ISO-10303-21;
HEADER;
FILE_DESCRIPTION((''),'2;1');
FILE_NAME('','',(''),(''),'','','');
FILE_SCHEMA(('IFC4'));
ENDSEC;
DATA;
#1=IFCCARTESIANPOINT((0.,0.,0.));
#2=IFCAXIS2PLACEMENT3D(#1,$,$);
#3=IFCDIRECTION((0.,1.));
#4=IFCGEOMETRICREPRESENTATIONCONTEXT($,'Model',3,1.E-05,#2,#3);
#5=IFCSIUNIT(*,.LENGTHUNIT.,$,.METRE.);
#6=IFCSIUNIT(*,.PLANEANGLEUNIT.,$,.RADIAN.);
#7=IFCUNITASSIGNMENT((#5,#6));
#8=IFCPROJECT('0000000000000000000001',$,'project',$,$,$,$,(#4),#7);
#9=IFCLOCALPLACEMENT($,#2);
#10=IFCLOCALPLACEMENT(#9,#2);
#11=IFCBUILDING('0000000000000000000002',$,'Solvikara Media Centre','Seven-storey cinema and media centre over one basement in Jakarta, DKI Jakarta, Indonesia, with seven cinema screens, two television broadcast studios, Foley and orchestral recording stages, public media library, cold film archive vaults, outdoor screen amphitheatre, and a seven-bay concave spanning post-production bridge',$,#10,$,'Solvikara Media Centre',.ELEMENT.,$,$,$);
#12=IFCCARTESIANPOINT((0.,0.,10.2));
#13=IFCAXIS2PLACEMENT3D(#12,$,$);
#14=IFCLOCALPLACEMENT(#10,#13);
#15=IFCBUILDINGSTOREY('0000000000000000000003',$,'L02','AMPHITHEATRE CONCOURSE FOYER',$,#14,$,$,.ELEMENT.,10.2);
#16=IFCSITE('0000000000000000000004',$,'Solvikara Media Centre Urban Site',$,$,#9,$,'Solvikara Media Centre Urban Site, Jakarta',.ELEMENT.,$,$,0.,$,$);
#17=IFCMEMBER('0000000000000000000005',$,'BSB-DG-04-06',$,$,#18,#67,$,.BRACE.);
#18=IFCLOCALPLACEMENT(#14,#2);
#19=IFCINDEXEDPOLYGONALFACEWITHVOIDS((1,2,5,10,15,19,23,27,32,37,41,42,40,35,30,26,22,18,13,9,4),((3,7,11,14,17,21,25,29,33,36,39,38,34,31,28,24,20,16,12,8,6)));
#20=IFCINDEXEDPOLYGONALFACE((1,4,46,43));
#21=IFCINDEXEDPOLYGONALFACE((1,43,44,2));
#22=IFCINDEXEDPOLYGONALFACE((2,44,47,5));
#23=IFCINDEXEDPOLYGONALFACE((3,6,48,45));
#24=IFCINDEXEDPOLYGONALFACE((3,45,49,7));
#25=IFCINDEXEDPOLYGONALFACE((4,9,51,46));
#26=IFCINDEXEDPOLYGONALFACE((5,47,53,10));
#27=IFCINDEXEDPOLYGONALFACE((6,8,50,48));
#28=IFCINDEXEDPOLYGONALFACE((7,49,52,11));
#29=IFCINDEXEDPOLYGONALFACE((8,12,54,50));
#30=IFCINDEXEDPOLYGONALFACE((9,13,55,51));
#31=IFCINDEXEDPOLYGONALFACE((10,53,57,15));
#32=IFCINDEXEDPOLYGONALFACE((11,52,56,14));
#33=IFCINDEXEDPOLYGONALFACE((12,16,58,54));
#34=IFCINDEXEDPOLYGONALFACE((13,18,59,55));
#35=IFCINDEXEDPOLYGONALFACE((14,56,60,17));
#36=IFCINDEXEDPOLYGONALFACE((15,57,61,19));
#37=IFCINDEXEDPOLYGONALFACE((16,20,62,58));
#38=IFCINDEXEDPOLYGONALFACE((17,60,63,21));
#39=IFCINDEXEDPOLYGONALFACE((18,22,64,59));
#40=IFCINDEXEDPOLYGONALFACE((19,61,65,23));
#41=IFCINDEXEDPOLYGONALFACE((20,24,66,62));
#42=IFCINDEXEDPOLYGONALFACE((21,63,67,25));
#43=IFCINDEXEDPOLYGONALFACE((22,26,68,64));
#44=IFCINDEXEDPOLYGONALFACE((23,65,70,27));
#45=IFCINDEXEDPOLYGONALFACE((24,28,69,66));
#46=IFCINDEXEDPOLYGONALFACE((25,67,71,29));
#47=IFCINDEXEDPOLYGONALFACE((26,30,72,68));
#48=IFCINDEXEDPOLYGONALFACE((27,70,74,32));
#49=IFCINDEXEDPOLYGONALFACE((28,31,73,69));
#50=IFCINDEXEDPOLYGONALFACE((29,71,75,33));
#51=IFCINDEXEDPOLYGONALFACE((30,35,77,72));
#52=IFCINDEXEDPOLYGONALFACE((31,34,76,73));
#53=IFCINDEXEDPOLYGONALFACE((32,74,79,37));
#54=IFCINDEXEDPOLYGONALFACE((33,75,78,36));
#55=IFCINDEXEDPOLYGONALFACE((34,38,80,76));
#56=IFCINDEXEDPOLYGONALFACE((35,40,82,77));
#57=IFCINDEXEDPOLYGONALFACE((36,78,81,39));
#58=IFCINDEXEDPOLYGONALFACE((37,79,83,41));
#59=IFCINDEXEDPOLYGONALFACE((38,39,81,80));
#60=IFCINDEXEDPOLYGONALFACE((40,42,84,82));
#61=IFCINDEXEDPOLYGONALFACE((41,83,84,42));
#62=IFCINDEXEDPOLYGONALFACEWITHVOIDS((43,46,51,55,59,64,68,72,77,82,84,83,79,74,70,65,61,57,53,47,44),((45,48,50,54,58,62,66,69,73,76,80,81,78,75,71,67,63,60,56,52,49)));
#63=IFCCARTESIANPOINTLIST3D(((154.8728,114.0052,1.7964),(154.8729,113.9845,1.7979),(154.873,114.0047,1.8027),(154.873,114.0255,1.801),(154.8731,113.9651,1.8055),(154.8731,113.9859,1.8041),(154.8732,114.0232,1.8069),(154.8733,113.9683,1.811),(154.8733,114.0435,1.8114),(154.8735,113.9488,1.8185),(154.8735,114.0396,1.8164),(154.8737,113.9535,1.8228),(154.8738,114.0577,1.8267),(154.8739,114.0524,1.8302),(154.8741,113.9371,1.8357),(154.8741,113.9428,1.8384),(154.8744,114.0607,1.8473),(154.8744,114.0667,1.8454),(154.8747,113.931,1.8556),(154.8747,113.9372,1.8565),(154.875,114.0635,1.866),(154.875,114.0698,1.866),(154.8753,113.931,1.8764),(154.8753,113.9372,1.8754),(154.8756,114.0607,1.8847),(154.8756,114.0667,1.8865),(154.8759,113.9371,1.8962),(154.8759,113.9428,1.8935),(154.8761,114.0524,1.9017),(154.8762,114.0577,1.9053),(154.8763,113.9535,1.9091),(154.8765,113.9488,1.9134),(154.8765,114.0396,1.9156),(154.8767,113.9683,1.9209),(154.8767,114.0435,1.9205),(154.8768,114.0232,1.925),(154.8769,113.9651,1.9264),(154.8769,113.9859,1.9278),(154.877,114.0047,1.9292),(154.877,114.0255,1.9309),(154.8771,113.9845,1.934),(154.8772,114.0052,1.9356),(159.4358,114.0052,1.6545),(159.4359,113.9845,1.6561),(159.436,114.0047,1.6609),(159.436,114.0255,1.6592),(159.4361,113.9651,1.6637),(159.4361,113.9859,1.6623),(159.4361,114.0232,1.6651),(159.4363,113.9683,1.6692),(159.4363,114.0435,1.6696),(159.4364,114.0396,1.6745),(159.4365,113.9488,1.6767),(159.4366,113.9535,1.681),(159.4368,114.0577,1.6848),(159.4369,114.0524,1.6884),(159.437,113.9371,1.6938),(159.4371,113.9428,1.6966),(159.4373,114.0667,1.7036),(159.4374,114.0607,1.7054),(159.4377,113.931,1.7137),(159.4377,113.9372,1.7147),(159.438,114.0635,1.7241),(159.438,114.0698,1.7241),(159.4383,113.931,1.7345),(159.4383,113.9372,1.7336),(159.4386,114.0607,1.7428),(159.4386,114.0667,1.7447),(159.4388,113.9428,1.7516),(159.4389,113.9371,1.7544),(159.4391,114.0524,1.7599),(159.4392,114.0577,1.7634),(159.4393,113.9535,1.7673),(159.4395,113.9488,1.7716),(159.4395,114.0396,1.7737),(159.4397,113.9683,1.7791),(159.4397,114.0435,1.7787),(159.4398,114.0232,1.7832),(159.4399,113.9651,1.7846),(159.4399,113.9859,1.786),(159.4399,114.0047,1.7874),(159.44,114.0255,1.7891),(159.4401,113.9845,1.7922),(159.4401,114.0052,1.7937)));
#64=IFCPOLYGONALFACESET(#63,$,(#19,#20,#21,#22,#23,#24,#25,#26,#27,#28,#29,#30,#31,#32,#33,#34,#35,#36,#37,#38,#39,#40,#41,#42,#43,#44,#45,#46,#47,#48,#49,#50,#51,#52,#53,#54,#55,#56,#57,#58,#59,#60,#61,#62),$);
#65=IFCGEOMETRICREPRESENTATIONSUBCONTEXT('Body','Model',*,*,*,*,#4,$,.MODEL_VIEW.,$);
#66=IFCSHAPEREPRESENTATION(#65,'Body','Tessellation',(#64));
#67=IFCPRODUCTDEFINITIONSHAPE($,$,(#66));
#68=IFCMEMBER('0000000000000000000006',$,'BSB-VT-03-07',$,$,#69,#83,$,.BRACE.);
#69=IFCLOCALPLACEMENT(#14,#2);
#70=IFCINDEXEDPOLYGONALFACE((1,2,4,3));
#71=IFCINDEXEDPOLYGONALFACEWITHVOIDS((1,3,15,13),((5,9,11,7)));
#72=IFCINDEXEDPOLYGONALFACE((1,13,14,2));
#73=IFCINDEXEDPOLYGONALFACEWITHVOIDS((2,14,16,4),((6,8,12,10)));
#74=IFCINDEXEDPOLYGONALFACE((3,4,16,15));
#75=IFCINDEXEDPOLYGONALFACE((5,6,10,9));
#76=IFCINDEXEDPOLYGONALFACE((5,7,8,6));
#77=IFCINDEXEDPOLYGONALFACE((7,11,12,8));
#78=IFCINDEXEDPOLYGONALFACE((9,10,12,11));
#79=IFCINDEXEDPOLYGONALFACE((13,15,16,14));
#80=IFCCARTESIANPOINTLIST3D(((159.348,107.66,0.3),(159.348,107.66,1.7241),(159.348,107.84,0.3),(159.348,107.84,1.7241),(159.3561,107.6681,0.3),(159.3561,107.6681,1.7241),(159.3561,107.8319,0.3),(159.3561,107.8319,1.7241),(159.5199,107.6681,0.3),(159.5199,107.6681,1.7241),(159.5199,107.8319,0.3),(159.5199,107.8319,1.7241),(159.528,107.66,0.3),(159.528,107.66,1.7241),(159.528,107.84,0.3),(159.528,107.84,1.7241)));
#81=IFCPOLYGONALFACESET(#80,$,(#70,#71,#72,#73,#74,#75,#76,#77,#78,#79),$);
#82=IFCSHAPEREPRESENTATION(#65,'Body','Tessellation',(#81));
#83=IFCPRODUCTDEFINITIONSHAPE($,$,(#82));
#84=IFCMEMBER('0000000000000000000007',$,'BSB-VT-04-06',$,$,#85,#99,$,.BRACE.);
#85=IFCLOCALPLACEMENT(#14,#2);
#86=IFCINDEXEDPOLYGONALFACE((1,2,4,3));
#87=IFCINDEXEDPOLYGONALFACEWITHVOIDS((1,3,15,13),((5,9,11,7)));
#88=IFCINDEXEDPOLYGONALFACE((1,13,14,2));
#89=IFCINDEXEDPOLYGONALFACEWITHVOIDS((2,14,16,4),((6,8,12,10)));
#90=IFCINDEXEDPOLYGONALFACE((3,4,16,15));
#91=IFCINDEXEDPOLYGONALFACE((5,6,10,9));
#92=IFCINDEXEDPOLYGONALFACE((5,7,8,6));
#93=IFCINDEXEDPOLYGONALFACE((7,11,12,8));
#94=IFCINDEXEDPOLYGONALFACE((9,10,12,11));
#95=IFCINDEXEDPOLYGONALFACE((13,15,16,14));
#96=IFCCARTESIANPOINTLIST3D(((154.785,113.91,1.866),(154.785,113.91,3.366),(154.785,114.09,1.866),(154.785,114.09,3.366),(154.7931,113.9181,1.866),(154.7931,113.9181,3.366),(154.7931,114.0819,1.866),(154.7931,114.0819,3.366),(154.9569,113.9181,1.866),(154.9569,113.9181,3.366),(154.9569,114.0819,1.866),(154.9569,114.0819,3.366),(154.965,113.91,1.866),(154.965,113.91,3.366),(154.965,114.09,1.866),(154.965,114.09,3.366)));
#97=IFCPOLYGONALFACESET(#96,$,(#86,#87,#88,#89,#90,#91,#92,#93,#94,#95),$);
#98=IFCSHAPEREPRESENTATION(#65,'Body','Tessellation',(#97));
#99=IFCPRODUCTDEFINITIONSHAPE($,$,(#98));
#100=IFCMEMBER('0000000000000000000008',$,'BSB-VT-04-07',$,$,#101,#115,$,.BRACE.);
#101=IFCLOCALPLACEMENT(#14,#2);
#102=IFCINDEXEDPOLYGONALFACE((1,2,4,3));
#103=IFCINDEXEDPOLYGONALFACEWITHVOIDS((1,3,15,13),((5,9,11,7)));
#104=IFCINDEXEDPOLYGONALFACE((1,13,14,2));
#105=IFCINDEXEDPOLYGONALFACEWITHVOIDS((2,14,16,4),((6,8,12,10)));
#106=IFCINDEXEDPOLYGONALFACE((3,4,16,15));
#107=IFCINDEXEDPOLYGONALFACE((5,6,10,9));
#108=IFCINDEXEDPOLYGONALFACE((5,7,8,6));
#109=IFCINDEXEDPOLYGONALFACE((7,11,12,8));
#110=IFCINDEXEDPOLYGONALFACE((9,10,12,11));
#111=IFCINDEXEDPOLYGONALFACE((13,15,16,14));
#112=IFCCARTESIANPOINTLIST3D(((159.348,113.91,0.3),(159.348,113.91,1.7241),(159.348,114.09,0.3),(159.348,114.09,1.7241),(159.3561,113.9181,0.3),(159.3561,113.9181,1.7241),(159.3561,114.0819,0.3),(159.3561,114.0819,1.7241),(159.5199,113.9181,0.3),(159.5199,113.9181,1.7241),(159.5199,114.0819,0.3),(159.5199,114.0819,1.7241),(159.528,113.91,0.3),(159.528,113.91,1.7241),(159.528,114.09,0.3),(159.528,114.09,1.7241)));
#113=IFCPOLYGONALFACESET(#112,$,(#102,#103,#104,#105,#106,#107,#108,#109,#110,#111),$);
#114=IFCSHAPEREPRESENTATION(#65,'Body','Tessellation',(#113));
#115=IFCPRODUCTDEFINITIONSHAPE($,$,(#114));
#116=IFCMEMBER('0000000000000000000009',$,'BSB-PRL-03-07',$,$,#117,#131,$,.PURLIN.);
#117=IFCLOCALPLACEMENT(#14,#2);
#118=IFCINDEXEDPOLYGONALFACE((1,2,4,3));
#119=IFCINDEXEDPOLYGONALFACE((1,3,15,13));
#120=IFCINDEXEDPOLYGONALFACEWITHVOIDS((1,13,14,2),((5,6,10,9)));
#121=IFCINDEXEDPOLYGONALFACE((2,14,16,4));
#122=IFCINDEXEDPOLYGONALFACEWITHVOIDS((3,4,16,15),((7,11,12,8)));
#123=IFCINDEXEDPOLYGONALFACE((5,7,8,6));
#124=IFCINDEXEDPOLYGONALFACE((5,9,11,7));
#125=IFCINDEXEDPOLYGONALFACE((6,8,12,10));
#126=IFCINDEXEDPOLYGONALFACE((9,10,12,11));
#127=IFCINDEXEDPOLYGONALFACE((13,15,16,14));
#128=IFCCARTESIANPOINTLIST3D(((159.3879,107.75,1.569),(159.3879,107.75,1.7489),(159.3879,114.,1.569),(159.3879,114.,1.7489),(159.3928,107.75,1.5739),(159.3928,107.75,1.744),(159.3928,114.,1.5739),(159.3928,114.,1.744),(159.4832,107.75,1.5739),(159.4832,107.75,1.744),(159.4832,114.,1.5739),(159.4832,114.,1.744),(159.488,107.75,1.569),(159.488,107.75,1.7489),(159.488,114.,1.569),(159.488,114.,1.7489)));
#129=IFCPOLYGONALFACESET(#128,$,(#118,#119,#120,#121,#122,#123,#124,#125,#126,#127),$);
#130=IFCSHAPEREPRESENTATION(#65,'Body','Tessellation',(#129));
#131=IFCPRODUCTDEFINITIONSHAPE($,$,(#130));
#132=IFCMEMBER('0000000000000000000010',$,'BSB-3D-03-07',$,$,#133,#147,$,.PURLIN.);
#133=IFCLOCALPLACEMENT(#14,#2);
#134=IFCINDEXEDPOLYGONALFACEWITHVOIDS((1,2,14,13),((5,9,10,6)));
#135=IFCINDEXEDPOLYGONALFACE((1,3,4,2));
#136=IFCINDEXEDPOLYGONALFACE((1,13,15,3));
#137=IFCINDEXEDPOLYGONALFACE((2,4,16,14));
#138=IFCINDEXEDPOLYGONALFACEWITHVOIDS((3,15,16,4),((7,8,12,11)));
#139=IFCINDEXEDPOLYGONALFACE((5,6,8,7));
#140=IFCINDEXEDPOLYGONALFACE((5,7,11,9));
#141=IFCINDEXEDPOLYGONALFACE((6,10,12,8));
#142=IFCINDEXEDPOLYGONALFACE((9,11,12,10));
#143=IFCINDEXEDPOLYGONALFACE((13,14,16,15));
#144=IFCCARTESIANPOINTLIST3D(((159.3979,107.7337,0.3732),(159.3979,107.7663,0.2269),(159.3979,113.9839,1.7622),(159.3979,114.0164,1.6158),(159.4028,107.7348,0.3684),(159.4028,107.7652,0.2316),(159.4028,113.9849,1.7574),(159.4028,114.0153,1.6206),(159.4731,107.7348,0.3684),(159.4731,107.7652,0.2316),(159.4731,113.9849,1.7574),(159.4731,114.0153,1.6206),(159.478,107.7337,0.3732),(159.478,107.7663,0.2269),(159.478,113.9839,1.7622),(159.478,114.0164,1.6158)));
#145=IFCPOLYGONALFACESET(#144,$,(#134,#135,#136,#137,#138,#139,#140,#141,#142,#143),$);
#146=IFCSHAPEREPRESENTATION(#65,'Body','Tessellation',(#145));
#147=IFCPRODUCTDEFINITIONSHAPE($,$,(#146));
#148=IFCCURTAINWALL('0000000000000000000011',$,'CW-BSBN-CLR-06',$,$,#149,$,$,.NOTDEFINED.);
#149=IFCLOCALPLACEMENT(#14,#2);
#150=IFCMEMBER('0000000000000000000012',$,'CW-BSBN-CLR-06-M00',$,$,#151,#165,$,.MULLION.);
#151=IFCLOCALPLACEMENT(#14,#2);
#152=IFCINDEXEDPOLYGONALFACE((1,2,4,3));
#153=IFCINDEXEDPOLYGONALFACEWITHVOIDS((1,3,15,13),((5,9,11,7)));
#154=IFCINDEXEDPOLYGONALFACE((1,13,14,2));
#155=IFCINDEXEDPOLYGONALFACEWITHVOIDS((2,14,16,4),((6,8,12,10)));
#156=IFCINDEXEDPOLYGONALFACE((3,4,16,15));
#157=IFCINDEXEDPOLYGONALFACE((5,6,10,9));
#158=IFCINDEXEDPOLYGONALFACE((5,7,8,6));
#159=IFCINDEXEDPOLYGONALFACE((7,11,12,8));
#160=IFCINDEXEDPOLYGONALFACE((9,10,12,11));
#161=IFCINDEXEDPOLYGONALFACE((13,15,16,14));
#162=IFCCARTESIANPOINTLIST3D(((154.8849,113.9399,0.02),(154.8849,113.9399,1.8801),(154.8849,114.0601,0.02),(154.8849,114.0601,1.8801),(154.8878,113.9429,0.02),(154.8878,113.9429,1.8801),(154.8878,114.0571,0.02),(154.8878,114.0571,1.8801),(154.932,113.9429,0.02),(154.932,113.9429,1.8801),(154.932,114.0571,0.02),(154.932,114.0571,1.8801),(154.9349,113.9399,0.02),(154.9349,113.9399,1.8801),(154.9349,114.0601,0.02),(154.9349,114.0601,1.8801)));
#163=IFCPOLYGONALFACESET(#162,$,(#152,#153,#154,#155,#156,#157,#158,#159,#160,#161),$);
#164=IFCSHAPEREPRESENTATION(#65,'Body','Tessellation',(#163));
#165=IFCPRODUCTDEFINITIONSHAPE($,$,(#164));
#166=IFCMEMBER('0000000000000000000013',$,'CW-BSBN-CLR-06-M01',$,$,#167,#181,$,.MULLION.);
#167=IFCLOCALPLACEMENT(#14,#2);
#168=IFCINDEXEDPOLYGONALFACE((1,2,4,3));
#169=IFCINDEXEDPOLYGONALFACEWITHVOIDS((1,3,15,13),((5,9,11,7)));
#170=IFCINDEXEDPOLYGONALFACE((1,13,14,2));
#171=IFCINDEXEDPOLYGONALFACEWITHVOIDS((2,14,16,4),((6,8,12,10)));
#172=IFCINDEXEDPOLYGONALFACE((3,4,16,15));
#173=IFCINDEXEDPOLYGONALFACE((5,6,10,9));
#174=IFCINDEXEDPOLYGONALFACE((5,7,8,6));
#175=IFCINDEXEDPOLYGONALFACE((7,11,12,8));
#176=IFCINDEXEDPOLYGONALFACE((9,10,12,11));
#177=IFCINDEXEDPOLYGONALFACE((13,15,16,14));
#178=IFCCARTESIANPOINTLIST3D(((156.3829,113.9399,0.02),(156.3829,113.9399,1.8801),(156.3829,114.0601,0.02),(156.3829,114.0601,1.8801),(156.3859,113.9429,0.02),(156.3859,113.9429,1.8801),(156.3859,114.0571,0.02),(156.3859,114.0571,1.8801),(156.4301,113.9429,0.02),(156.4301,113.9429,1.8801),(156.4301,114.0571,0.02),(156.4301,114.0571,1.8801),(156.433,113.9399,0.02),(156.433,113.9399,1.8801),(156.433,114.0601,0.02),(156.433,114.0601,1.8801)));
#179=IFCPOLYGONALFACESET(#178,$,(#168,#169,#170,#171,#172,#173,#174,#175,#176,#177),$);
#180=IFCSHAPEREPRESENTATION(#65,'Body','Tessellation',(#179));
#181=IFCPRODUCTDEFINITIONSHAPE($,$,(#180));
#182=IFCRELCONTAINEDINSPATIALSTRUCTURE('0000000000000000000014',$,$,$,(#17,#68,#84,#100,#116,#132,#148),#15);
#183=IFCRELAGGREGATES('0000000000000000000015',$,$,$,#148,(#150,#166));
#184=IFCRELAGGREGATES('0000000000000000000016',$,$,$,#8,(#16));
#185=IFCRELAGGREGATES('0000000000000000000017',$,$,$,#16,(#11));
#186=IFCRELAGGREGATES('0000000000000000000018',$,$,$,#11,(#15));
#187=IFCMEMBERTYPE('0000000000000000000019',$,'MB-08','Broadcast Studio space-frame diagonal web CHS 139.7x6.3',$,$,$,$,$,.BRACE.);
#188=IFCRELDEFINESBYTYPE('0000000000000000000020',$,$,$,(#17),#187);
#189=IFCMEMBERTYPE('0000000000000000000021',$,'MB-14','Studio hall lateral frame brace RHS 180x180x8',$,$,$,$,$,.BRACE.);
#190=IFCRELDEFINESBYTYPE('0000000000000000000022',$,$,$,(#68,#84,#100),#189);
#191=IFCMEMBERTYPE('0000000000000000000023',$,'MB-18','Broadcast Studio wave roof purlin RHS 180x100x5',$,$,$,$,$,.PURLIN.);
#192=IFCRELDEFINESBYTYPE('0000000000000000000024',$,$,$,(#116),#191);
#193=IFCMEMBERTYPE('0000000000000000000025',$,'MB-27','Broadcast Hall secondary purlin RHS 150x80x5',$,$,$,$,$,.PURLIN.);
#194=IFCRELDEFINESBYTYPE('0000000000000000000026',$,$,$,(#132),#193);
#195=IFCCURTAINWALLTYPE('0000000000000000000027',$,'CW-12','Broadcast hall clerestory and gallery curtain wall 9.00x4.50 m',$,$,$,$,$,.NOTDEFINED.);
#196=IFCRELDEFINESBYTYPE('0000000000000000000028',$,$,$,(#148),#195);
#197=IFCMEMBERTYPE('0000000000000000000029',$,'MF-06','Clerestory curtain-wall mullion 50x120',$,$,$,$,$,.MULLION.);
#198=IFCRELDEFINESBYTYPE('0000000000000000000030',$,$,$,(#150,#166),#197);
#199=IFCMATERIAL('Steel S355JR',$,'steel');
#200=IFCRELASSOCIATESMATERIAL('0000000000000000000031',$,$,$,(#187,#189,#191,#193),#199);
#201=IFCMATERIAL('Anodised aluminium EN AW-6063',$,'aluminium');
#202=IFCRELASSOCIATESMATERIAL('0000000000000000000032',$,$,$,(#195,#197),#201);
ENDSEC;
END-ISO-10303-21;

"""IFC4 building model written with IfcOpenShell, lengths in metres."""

from ifc_helpers import new_model, si_unit, direction, frame, origin, origin_2d, place, context, subcontext, project, spatial, hollow_rectangle, hollow_circle, extrude, material, material_profile, profile_set, type_object, element, aggregate, save


model = new_model("IFC4")

# Units and contexts
model_context = context("Model", 3, precision=1e-05, world=origin(), true_north=direction((0.0, 1.0)))
body_context = subcontext(model_context, "Body", "Model", "MODEL_VIEW")
ifc_project = project(units=[si_unit("LENGTHUNIT", "METRE"), si_unit("PLANEANGLEUNIT", "RADIAN")], contexts=[model_context])

# Site, building, storey
site_placement = place(None, origin())
site = spatial("IfcSite", under=ifc_project, at=site_placement, Name="Solvikara Media Centre Urban Site", LongName="Solvikara Media Centre Urban Site, Jakarta", CompositionType="ELEMENT", RefElevation=0.0)
building_placement = place(site_placement, origin())
building = spatial("IfcBuilding", under=site, at=building_placement, Name="Solvikara Media Centre", Description="Seven-storey cinema and media centre over one basement in Jakarta, DKI Jakarta, Indonesia, with seven cinema screens, two television broadcast studios, Foley and orchestral recording stages, public media library, cold film archive vaults, outdoor screen amphitheatre, and a seven-bay concave spanning post-production bridge", LongName="Solvikara Media Centre", CompositionType="ELEMENT")
storey_placement = place(building_placement, frame((0.0, 0.0, 10.2)))
storey = spatial("IfcBuildingStorey", under=building, at=storey_placement, Name="L02", Description="AMPHITHEATRE CONCOURSE FOYER", CompositionType="ELEMENT", Elevation=10.2)

# Members
ifc_material_1 = material(Name="Steel S355JR", Category="steel")
ifc_material_profile_1 = material_profile(ifc_material_1, hollow_circle(Radius=0.0698, WallThickness=0.0063, at=origin_2d()), Name="CHS 139.7x6.3")
ifc_profile_set_1 = profile_set([ifc_material_profile_1], Name="Steel S355JR")
member_type_1 = type_object("IfcMemberType", Name="MB-08", Description="Broadcast Studio space-frame diagonal web CHS 139.7x6.3", PredefinedType="BRACE", material=ifc_profile_set_1)
member_1_placement = place(storey_placement, frame((154.875, 114.0, 1.866), z_axis=(0.999517, 0.0, -0.031071), x_axis=(0.0, 1.0, 0.0)))
element("IfcMember", 1, at=member_1_placement, inside=storey, type_object=member_type_1, Name="BSB-DG-04-06", PredefinedType="BRACE", context=body_context, shape_type="SweptSolid", body=[
    extrude(hollow_circle(Radius=0.0698, WallThickness=0.0063, at=origin_2d()), origin(), (0.0, 0.0, 1.0), 4.5652),
])
ifc_material_profile_2 = material_profile(ifc_material_1, hollow_rectangle(XDim=0.1799, YDim=0.1799, WallThickness=0.0081, at=origin_2d()), Name="RHS 180x180x8")
ifc_profile_set_2 = profile_set([ifc_material_profile_2], Name="Steel S355JR")
member_type_2 = type_object("IfcMemberType", Name="MB-14", Description="Studio hall lateral frame brace RHS 180x180x8", PredefinedType="BRACE", material=ifc_profile_set_2)
member_2_placement = place(storey_placement, frame((159.438, 107.75, 0.3), z_axis=(0.0, 0.0, 1.0), x_axis=(1.0, 0.0, 0.0)))
element("IfcMember", 2, at=member_2_placement, inside=storey, type_object=member_type_2, Name="BSB-VT-03-07", PredefinedType="BRACE", context=body_context, shape_type="SweptSolid", body=[
    extrude(hollow_rectangle(XDim=0.1799, YDim=0.1799, WallThickness=0.0081, at=origin_2d()), origin(), (0.0, 0.0, 1.0), 1.4241),
])
member_3_placement = place(storey_placement, frame((154.875, 114.0, 1.866), z_axis=(0.0, 0.0, 1.0), x_axis=(1.0, 0.0, 0.0)))
element("IfcMember", 3, at=member_3_placement, inside=storey, type_object=member_type_2, Name="BSB-VT-04-06", PredefinedType="BRACE", context=body_context, shape_type="SweptSolid", body=[
    extrude(hollow_rectangle(XDim=0.1799, YDim=0.1799, WallThickness=0.0081, at=origin_2d()), origin(), (0.0, 0.0, 1.0), 1.5),
])
member_4_placement = place(storey_placement, frame((159.438, 114.0, 0.3), z_axis=(0.0, 0.0, 1.0), x_axis=(1.0, 0.0, 0.0)))
element("IfcMember", 4, at=member_4_placement, inside=storey, type_object=member_type_2, Name="BSB-VT-04-07", PredefinedType="BRACE", context=body_context, shape_type="SweptSolid", body=[
    extrude(hollow_rectangle(XDim=0.1799, YDim=0.1799, WallThickness=0.0081, at=origin_2d()), origin(), (0.0, 0.0, 1.0), 1.4241),
])
ifc_material_profile_3 = material_profile(ifc_material_1, hollow_rectangle(XDim=0.1001, YDim=0.1799, WallThickness=0.0049, at=origin_2d()), Name="RHS 180x100x5")
ifc_profile_set_3 = profile_set([ifc_material_profile_3], Name="Steel S355JR")
member_type_3 = type_object("IfcMemberType", Name="MB-18", Description="Broadcast Studio wave roof purlin RHS 180x100x5", PredefinedType="PURLIN", material=ifc_profile_set_3)
member_5_placement = place(storey_placement, frame((159.438, 107.75, 1.6589), z_axis=(0.0, 1.0, 0.0), x_axis=(-1.0, 0.0, 0.0)))
element("IfcMember", 5, at=member_5_placement, inside=storey, type_object=member_type_3, Name="BSB-PRL-03-07", PredefinedType="PURLIN", context=body_context, shape_type="SweptSolid", body=[
    extrude(hollow_rectangle(XDim=0.1001, YDim=0.1799, WallThickness=0.0049, at=origin_2d()), origin(), (0.0, 0.0, 1.0), 6.25),
])
ifc_material_profile_4 = material_profile(ifc_material_1, hollow_rectangle(XDim=0.0801, YDim=0.1499, WallThickness=0.0049, at=origin_2d()), Name="RHS 150x80x5")
ifc_profile_set_4 = profile_set([ifc_material_profile_4], Name="Steel S355JR")
member_type_4 = type_object("IfcMemberType", Name="MB-27", Description="Broadcast Hall secondary purlin RHS 150x80x5", PredefinedType="PURLIN", material=ifc_profile_set_4)
member_6_placement = place(storey_placement, frame((159.438, 107.75, 0.3), z_axis=(0.0, 0.976186, 0.216934), x_axis=(-1.0, 0.0, 0.0)))
element("IfcMember", 6, at=member_6_placement, inside=storey, type_object=member_type_4, Name="BSB-3D-03-07", PredefinedType="PURLIN", context=body_context, shape_type="SweptSolid", body=[
    extrude(hollow_rectangle(XDim=0.0801, YDim=0.1499, WallThickness=0.0049, at=origin_2d()), origin(), (0.0, 0.0, 1.0), 6.4026),
])

# Curtain wall, members
ifc_material_2 = material(Name="Anodised aluminium EN AW-6063", Category="aluminium")
curtain_wall_type = type_object("IfcCurtainWallType", Name="CW-12", Description="Broadcast hall clerestory and gallery curtain wall 9.00x4.50 m", PredefinedType="NOTDEFINED", material=ifc_material_2)
curtain_wall_placement = place(storey_placement, origin())
curtain_wall = element("IfcCurtainWall", 7, at=curtain_wall_placement, inside=storey, type_object=curtain_wall_type, Name="CW-BSBN-CLR-06", PredefinedType="NOTDEFINED")
ifc_material_profile_5 = material_profile(ifc_material_2, hollow_rectangle(XDim=0.05, YDim=0.1201, WallThickness=0.0029, at=origin_2d()), Name="ALU-M 50x120x3")
ifc_profile_set_5 = profile_set([ifc_material_profile_5], Name="Anodised aluminium EN AW-6063")
member_type_5 = type_object("IfcMemberType", Name="MF-06", Description="Clerestory curtain-wall mullion 50x120", PredefinedType="MULLION", material=ifc_profile_set_5)
member_7_placement = place(storey_placement, frame((154.9099, 114.0, 0.02), z_axis=(0.0, 0.0, 1.0), x_axis=(1.0, 0.0, 0.0)))
member_7 = element("IfcMember", 8, at=member_7_placement, type_object=member_type_5, Name="CW-BSBN-CLR-06-M00", PredefinedType="MULLION", context=body_context, shape_type="SweptSolid", body=[
    extrude(hollow_rectangle(XDim=0.05, YDim=0.1201, WallThickness=0.0029, at=origin_2d()), origin(), (0.0, 0.0, 1.0), 1.8601),
])
member_8_placement = place(storey_placement, frame((156.408, 114.0, 0.02), z_axis=(0.0, 0.0, 1.0), x_axis=(1.0, 0.0, 0.0)))
member_8 = element("IfcMember", 9, at=member_8_placement, type_object=member_type_5, Name="CW-BSBN-CLR-06-M01", PredefinedType="MULLION", context=body_context, shape_type="SweptSolid", body=[
    extrude(hollow_rectangle(XDim=0.05, YDim=0.1201, WallThickness=0.0029, at=origin_2d()), origin(), (0.0, 0.0, 1.0), 1.8601),
])

aggregate(curtain_wall, [member_7, member_8])

save(model, "model.ifc")
